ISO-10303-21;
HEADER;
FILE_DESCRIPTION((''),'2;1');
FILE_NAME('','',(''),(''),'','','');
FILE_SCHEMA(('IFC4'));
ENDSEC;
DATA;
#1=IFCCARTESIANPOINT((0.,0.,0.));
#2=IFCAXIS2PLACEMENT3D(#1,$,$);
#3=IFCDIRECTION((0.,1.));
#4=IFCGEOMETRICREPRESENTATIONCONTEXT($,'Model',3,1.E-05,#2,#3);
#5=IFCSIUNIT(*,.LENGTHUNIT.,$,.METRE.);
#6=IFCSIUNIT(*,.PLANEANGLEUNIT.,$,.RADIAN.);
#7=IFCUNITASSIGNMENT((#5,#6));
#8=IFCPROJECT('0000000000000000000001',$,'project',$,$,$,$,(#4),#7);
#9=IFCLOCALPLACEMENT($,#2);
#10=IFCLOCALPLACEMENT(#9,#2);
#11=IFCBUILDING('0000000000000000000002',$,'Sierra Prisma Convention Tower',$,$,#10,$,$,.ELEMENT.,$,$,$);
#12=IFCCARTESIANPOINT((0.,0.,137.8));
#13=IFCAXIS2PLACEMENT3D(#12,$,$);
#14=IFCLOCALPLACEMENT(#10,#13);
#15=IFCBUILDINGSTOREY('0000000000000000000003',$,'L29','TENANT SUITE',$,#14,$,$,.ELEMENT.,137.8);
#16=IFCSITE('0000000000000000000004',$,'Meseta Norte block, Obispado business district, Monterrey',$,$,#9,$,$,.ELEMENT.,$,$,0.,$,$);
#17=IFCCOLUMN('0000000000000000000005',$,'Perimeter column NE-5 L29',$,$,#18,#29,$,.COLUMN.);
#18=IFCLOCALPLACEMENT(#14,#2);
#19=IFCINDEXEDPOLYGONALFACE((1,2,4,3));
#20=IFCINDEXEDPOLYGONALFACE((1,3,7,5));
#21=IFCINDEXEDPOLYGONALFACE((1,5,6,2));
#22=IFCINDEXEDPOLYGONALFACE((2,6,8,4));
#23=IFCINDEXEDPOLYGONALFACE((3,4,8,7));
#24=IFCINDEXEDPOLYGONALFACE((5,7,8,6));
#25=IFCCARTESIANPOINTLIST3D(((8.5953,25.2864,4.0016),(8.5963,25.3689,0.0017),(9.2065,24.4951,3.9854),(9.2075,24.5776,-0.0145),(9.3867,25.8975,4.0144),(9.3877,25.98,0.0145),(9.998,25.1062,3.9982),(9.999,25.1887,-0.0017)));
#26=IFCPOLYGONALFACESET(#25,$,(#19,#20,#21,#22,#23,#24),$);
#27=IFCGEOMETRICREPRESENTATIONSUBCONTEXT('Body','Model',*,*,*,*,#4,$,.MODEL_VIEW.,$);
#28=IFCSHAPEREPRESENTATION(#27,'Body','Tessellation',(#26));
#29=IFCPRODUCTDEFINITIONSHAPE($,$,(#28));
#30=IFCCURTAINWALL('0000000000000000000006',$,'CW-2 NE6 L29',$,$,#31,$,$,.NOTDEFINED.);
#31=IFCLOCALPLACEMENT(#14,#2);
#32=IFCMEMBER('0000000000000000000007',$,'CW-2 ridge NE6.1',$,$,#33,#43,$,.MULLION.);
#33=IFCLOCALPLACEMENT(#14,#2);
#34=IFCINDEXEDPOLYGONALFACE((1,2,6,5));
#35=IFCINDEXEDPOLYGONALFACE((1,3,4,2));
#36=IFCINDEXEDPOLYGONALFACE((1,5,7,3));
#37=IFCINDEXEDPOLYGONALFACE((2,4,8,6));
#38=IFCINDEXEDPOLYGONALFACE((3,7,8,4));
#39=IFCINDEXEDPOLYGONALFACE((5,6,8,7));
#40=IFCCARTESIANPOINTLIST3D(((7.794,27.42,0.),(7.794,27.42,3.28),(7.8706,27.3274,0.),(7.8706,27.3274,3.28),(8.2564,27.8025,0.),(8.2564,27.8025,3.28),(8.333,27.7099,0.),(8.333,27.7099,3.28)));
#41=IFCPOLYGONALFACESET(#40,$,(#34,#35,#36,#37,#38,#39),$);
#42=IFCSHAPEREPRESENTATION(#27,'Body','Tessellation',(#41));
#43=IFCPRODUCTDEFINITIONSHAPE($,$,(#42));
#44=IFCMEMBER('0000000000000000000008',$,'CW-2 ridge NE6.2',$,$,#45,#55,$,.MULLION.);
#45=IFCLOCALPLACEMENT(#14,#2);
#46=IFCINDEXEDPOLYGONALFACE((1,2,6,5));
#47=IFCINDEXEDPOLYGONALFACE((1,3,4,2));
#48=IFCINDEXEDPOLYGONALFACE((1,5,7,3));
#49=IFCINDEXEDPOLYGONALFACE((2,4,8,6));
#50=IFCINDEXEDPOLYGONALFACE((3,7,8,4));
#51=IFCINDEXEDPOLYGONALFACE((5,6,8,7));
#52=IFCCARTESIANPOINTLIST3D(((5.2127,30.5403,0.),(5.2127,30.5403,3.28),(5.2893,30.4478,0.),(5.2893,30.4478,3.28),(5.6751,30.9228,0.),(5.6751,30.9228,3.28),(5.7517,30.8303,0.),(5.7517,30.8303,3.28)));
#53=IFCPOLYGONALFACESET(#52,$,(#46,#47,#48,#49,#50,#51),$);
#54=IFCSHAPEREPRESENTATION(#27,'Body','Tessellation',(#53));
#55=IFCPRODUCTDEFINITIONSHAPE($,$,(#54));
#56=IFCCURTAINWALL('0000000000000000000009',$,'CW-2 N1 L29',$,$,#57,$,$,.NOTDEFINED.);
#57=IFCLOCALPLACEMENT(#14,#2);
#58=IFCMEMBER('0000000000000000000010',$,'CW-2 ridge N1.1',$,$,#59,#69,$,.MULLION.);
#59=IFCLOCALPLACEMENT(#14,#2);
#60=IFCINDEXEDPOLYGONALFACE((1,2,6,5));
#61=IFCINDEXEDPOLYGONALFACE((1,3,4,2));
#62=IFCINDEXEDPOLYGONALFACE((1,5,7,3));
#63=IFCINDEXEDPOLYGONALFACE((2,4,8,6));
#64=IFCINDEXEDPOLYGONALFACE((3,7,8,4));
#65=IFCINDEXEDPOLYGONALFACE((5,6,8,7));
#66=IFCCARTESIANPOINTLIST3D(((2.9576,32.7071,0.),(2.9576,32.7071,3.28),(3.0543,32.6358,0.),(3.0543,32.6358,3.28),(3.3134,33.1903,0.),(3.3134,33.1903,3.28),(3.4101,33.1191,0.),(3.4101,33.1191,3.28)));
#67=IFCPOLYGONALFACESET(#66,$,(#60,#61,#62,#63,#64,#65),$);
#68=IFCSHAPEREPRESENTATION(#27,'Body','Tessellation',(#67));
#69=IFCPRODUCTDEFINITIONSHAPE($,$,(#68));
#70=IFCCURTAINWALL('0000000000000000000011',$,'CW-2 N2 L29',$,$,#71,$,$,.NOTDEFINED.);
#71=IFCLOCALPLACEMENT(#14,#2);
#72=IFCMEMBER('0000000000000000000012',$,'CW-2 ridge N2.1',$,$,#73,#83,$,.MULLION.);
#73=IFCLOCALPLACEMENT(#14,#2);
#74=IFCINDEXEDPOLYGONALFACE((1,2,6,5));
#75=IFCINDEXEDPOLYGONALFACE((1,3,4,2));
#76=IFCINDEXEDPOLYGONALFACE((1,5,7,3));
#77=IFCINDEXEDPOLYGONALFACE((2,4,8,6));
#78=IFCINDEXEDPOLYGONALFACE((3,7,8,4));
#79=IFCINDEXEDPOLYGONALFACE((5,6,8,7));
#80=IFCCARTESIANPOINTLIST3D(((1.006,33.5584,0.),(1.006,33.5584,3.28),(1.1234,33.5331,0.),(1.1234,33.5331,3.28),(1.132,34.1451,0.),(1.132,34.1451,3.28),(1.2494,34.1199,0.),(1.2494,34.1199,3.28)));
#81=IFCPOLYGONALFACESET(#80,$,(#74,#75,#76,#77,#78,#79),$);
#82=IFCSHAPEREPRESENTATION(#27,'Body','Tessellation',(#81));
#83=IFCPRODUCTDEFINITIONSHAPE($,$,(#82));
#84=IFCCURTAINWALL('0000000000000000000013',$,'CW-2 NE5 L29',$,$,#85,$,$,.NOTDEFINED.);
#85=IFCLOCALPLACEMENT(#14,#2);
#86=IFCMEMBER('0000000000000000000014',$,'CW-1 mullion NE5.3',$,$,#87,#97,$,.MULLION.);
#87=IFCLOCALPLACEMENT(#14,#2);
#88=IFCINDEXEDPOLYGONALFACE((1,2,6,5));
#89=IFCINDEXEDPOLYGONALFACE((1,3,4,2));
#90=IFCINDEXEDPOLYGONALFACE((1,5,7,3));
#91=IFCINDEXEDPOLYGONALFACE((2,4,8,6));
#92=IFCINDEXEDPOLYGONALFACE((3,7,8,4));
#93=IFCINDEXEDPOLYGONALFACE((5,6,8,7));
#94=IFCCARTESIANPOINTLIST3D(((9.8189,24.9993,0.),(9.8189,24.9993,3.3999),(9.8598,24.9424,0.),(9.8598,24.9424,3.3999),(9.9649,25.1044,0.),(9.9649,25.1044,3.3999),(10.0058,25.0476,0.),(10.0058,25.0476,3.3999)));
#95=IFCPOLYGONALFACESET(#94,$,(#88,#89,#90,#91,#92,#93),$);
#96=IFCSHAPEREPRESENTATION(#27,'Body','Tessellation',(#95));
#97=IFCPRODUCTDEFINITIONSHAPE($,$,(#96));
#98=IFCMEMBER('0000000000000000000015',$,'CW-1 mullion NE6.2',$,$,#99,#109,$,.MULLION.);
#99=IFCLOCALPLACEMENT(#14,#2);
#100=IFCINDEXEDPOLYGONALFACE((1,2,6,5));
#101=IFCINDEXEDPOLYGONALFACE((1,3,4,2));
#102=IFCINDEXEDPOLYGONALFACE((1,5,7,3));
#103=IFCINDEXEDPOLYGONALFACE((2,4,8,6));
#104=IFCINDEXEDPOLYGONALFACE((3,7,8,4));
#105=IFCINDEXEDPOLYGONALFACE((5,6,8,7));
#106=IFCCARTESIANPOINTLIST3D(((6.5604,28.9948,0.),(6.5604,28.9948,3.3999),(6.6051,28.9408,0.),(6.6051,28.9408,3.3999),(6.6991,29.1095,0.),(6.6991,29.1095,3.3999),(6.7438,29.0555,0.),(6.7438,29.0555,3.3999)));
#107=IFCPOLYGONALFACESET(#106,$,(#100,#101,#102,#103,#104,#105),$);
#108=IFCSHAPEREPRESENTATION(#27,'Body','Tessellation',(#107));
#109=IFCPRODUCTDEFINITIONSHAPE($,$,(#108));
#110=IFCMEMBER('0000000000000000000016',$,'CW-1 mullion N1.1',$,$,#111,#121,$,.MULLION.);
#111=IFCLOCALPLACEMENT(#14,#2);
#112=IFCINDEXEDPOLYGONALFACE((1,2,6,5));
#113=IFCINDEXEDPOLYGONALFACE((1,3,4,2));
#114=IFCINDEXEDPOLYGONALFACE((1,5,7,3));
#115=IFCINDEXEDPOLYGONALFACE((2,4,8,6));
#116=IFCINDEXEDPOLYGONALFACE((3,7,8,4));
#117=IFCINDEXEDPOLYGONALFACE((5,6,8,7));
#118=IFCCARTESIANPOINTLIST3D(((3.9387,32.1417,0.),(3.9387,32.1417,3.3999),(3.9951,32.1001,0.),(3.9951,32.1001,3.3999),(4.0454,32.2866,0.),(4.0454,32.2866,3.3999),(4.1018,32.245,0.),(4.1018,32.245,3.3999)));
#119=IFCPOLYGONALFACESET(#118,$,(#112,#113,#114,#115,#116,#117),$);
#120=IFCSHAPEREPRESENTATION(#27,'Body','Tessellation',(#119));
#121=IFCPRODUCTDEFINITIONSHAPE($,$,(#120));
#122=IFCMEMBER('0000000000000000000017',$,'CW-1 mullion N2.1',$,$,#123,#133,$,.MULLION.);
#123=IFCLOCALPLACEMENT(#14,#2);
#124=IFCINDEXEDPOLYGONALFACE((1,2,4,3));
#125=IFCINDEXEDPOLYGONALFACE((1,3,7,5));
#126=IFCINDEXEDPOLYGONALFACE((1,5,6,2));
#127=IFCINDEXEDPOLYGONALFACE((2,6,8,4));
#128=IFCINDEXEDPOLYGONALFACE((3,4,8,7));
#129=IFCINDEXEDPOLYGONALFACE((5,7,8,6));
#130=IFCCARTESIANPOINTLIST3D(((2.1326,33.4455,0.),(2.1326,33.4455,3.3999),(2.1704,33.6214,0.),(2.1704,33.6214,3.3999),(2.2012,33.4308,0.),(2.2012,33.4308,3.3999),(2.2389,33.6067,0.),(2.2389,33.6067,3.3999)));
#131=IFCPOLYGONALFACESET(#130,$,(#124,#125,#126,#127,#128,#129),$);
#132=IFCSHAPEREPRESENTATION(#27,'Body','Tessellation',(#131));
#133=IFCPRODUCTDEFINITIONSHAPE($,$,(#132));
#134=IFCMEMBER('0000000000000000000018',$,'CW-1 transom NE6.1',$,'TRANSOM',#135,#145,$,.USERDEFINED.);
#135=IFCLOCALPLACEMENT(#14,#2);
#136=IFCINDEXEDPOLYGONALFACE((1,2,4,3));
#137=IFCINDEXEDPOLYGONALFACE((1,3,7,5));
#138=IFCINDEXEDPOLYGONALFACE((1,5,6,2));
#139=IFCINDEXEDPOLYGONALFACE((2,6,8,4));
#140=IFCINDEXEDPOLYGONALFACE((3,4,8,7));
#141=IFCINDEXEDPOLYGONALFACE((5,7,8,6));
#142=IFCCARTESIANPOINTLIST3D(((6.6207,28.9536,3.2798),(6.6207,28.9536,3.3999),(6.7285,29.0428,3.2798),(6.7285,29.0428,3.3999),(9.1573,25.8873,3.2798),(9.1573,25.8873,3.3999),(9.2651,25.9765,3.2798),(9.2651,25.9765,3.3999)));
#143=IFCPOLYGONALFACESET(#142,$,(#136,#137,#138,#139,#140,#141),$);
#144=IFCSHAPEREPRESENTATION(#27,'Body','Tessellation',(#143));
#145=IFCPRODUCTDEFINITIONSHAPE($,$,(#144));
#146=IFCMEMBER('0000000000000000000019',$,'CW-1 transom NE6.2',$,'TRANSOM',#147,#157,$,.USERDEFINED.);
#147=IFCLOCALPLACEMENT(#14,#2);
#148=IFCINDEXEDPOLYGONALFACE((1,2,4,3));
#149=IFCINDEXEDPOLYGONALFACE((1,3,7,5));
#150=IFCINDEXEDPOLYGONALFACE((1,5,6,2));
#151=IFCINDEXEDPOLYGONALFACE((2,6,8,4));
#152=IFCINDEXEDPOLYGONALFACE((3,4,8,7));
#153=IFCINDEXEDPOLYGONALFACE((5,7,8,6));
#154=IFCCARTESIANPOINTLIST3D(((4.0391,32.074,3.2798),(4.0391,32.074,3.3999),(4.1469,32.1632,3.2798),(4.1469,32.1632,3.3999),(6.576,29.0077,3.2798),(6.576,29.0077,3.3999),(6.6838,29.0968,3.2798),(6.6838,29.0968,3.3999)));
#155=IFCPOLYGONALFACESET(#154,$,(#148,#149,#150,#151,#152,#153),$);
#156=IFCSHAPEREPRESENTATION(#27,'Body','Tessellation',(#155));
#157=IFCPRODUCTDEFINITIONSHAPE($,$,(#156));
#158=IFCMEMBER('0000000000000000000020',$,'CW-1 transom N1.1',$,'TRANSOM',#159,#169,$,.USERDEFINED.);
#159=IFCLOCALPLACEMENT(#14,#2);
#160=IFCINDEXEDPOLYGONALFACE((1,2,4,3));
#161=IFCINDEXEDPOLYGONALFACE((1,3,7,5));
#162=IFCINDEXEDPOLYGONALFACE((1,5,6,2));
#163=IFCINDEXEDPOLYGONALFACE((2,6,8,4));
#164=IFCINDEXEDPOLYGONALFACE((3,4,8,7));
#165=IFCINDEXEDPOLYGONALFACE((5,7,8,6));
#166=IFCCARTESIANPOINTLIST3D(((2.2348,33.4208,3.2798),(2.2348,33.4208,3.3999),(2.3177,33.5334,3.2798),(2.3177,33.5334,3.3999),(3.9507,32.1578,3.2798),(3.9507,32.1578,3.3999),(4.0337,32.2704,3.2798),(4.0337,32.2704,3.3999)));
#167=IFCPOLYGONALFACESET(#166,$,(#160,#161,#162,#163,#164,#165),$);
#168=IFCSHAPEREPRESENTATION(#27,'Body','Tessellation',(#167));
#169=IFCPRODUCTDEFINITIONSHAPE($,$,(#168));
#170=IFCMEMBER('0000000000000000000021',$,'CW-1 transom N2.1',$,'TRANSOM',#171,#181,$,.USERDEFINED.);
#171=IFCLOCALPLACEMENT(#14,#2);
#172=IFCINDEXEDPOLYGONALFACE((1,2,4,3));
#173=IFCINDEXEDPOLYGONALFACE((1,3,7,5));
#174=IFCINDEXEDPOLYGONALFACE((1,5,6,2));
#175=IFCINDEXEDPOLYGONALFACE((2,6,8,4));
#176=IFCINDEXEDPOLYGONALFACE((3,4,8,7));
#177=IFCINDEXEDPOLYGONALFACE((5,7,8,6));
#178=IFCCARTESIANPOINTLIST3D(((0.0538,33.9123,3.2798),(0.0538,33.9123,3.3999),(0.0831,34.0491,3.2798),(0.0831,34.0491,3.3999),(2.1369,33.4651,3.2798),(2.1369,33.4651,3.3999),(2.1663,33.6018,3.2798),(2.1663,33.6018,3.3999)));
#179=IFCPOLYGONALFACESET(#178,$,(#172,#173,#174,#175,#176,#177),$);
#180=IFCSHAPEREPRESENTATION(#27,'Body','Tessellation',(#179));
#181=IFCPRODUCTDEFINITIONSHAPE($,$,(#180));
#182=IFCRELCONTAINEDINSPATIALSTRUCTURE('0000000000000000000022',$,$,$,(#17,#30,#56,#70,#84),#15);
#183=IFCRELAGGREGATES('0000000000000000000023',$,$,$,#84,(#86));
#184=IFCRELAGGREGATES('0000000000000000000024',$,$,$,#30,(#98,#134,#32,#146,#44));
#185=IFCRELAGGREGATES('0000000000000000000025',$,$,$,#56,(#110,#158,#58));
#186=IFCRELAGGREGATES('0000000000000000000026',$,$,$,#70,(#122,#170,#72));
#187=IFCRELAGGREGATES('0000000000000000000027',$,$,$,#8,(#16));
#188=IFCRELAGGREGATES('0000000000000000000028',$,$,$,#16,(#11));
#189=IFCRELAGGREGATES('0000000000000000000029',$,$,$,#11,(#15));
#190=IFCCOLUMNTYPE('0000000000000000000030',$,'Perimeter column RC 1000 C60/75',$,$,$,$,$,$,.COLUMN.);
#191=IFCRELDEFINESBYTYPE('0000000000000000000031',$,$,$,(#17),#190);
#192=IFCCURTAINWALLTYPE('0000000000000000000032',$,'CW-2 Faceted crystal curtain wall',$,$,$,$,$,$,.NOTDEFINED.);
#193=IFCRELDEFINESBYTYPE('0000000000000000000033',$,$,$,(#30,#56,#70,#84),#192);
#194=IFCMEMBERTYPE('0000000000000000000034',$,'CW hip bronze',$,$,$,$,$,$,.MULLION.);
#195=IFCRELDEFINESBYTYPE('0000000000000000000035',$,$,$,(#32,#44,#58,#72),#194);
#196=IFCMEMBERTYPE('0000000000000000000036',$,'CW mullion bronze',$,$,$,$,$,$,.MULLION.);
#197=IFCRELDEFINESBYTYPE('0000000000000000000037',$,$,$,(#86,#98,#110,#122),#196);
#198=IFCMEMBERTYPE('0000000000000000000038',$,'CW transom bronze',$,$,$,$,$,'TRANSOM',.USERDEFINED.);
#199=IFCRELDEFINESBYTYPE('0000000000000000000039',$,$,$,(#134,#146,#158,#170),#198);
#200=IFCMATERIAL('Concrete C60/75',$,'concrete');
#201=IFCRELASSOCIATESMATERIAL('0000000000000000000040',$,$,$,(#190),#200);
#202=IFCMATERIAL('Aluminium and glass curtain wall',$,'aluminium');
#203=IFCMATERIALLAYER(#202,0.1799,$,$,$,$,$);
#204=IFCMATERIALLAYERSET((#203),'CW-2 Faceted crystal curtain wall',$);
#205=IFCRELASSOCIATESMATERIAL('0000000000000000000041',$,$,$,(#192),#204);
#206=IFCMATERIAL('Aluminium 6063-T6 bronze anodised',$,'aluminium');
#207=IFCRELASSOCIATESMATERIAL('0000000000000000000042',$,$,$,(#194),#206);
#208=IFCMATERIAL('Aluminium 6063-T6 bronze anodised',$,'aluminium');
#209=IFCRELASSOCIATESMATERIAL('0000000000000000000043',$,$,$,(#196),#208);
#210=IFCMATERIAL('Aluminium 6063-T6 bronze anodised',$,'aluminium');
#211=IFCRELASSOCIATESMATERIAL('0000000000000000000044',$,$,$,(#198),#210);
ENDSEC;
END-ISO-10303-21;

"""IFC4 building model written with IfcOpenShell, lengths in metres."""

from ifc_helpers import new_model, si_unit, direction, frame, origin, origin_2d, place, context, subcontext, project, spatial, rectangle, extrude, material, layer, layer_set, material_profile, profile_set, type_object, element, aggregate, save


model = new_model("IFC4")

# Units and contexts
model_context = context("Model", 3, precision=1e-05, world=origin(), true_north=direction((0.0, 1.0)))
body_context = subcontext(model_context, "Body", "Model", "MODEL_VIEW")
ifc_project = project(units=[si_unit("LENGTHUNIT", "METRE"), si_unit("PLANEANGLEUNIT", "RADIAN")], contexts=[model_context])

# Site, building, storey
site_placement = place(None, origin())
site = spatial("IfcSite", under=ifc_project, at=site_placement, Name="Meseta Norte block, Obispado business district, Monterrey", CompositionType="ELEMENT", RefElevation=0.0)
building_placement = place(site_placement, origin())
building = spatial("IfcBuilding", under=site, at=building_placement, Name="Sierra Prisma Convention Tower", CompositionType="ELEMENT")
storey_placement = place(building_placement, frame((0.0, 0.0, 137.8)))
storey = spatial("IfcBuildingStorey", under=building, at=storey_placement, Name="L29", Description="TENANT SUITE", CompositionType="ELEMENT", Elevation=137.8)

# Column
ifc_material_1 = material(Name="Concrete C60/75", Category="concrete")
ifc_material_profile_1 = material_profile(ifc_material_1, rectangle(XDim=1.0, YDim=1.0, at=origin_2d()), Name="Perimeter column RC 1000 C60/75")
ifc_profile_set_1 = profile_set([ifc_material_profile_1], Name="Concrete C60/75")
column_type = type_object("IfcColumnType", Name="Perimeter column RC 1000 C60/75", PredefinedType="COLUMN", material=ifc_profile_set_1)
column_placement = place(storey_placement, frame((9.2976, 25.2788, 0.0), z_axis=(-0.000244, -0.020625, 0.999787), x_axis=(-0.611248, 0.791274, 0.016175)))
element("IfcColumn", 1, at=column_placement, inside=storey, type_object=column_type, Name="Perimeter column NE-5 L29", PredefinedType="COLUMN", context=body_context, shape_type="SweptSolid", body=[
    extrude(rectangle(XDim=1.0, YDim=1.0, at=origin_2d()), origin(), (0.0, 0.0, 1.0), 4.0007),
])

# Curtain wall, members
ifc_material_2 = material(Name="Aluminium and glass curtain wall", Category="aluminium")
ifc_layer_1 = layer(ifc_material_2, 0.1799)
ifc_layer_set_1 = layer_set([ifc_layer_1], Name="CW-2 Faceted crystal curtain wall")
curtain_wall_type = type_object("IfcCurtainWallType", Name="CW-2 Faceted crystal curtain wall", PredefinedType="NOTDEFINED", material=ifc_layer_set_1)
curtain_wall_1_placement = place(storey_placement, origin())
curtain_wall_1 = element("IfcCurtainWall", 2, at=curtain_wall_1_placement, inside=storey, type_object=curtain_wall_type, Name="CW-2 NE6 L29", PredefinedType="NOTDEFINED")
ifc_material_3 = material(Name="Aluminium 6063-T6 bronze anodised", Category="aluminium")
ifc_material_profile_2 = material_profile(ifc_material_3, rectangle(XDim=0.1201, YDim=0.6001, at=origin_2d()), Name="ALU RIDGE BLADE 120x600")
ifc_profile_set_2 = profile_set([ifc_material_profile_2], Name="Aluminium 6063-T6 bronze anodised")
member_type_1 = type_object("IfcMemberType", Name="CW hip bronze", PredefinedType="MULLION", material=ifc_profile_set_2)
member_1_placement = place(storey_placement, frame((8.0635, 27.5649, 0.0), z_axis=(0.0, 0.0, 1.0), x_axis=(-0.63742, 0.770516, 0.0)))
member_1 = element("IfcMember", 3, at=member_1_placement, type_object=member_type_1, Name="CW-2 ridge NE6.1", PredefinedType="MULLION", context=body_context, shape_type="SweptSolid", body=[
    extrude(rectangle(XDim=0.1201, YDim=0.6001, at=origin_2d()), origin(), (0.0, 0.0, 1.0), 3.28),
])
member_2_placement = place(storey_placement, frame((5.4822, 30.6853, 0.0), z_axis=(0.0, 0.0, 1.0), x_axis=(-0.63742, 0.770516, 0.0)))
member_2 = element("IfcMember", 4, at=member_2_placement, type_object=member_type_1, Name="CW-2 ridge NE6.2", PredefinedType="MULLION", context=body_context, shape_type="SweptSolid", body=[
    extrude(rectangle(XDim=0.1201, YDim=0.6001, at=origin_2d()), origin(), (0.0, 0.0, 1.0), 3.28),
])

# Curtain walls, members
curtain_wall_2_placement = place(storey_placement, origin())
curtain_wall_2 = element("IfcCurtainWall", 5, at=curtain_wall_2_placement, inside=storey, type_object=curtain_wall_type, Name="CW-2 N1 L29", PredefinedType="NOTDEFINED")
member_3_placement = place(storey_placement, frame((3.1838, 32.9131, 0.0), z_axis=(0.0, 0.0, 1.0), x_axis=(-0.805305, 0.59286, 0.0)))
member_3 = element("IfcMember", 6, at=member_3_placement, type_object=member_type_1, Name="CW-2 ridge N1.1", PredefinedType="MULLION", context=body_context, shape_type="SweptSolid", body=[
    extrude(rectangle(XDim=0.1201, YDim=0.6001, at=origin_2d()), origin(), (0.0, 0.0, 1.0), 3.28),
])
curtain_wall_3_placement = place(storey_placement, origin())
curtain_wall_3 = element("IfcCurtainWall", 7, at=curtain_wall_3_placement, inside=storey, type_object=curtain_wall_type, Name="CW-2 N2 L29", PredefinedType="NOTDEFINED")
member_4_placement = place(storey_placement, frame((1.1277, 33.8391, 0.0), z_axis=(0.0, 0.0, 1.0), x_axis=(-0.97771, 0.209961, 0.0)))
member_4 = element("IfcMember", 8, at=member_4_placement, type_object=member_type_1, Name="CW-2 ridge N2.1", PredefinedType="MULLION", context=body_context, shape_type="SweptSolid", body=[
    extrude(rectangle(XDim=0.1201, YDim=0.6001, at=origin_2d()), origin(), (0.0, 0.0, 1.0), 3.28),
])
curtain_wall_4_placement = place(storey_placement, origin())
curtain_wall_4 = element("IfcCurtainWall", 9, at=curtain_wall_4_placement, inside=storey, type_object=curtain_wall_type, Name="CW-2 NE5 L29", PredefinedType="NOTDEFINED")
ifc_material_4 = material(Name="Aluminium 6063-T6 bronze anodised", Category="aluminium")
ifc_material_profile_3 = material_profile(ifc_material_4, rectangle(XDim=0.1799, YDim=0.0701, at=origin_2d()), Name="ALU MULLION 70x180")
ifc_profile_set_3 = profile_set([ifc_material_profile_3], Name="Aluminium 6063-T6 bronze anodised")
member_type_2 = type_object("IfcMemberType", Name="CW mullion bronze", PredefinedType="MULLION", material=ifc_profile_set_3)
member_5_placement = place(storey_placement, frame((9.9124, 25.0234, 0.0), z_axis=(0.0, 0.0, 1.0), x_axis=(-0.811474, -0.584389, 0.0)))
member_5 = element("IfcMember", 10, at=member_5_placement, type_object=member_type_2, Name="CW-1 mullion NE5.3", PredefinedType="MULLION", context=body_context, shape_type="SweptSolid", body=[
    extrude(rectangle(XDim=0.1799, YDim=0.0701, at=origin_2d()), origin(), (0.0, 0.0, 1.0), 3.3999),
])
aggregate(curtain_wall_4, [member_5])

# Members
member_6_placement = place(storey_placement, frame((6.6521, 29.0251, 0.0), z_axis=(0.0, 0.0, 1.0), x_axis=(-0.770516, -0.63742, 0.0)))
member_6 = element("IfcMember", 11, at=member_6_placement, type_object=member_type_2, Name="CW-1 mullion NE6.2", PredefinedType="MULLION", context=body_context, shape_type="SweptSolid", body=[
    extrude(rectangle(XDim=0.1799, YDim=0.0701, at=origin_2d()), origin(), (0.0, 0.0, 1.0), 3.3999),
])
member_7_placement = place(storey_placement, frame((4.0203, 32.1934, 0.0), z_axis=(0.0, 0.0, 1.0), x_axis=(-0.59286, -0.805305, 0.0)))
member_7 = element("IfcMember", 12, at=member_7_placement, type_object=member_type_2, Name="CW-1 mullion N1.1", PredefinedType="MULLION", context=body_context, shape_type="SweptSolid", body=[
    extrude(rectangle(XDim=0.1799, YDim=0.0701, at=origin_2d()), origin(), (0.0, 0.0, 1.0), 3.3999),
])
member_8_placement = place(storey_placement, frame((2.1858, 33.5261, 0.0), z_axis=(0.0, 0.0, 1.0), x_axis=(-0.209961, -0.97771, 0.0)))
member_8 = element("IfcMember", 13, at=member_8_placement, type_object=member_type_2, Name="CW-1 mullion N2.1", PredefinedType="MULLION", context=body_context, shape_type="SweptSolid", body=[
    extrude(rectangle(XDim=0.1799, YDim=0.0701, at=origin_2d()), origin(), (0.0, 0.0, 1.0), 3.3999),
])
ifc_material_5 = material(Name="Aluminium 6063-T6 bronze anodised", Category="aluminium")
ifc_material_profile_4 = material_profile(ifc_material_5, rectangle(XDim=0.1399, YDim=0.1201, at=origin_2d()), Name="ALU TRANSOM 120x140")
ifc_profile_set_4 = profile_set([ifc_material_profile_4], Name="Aluminium 6063-T6 bronze anodised")
member_type_3 = type_object("IfcMemberType", Name="CW transom bronze", ElementType="TRANSOM", PredefinedType="USERDEFINED", material=ifc_profile_set_4)
member_9_placement = place(storey_placement, frame((9.2112, 25.9319, 3.3398), z_axis=(-0.637404, 0.770529, 0.0), x_axis=(-0.770529, -0.637404, 0.0)))
member_9 = element("IfcMember", 14, at=member_9_placement, type_object=member_type_3, Name="CW-1 transom NE6.1", ObjectType="TRANSOM", PredefinedType="USERDEFINED", context=body_context, shape_type="SweptSolid", body=[
    extrude(rectangle(XDim=0.1399, YDim=0.1201, at=origin_2d()), origin(), (0.0, 0.0, 1.0), 3.9795),
])
member_10_placement = place(storey_placement, frame((6.6299, 29.0522, 3.3398), z_axis=(-0.637441, 0.770499, 0.0), x_axis=(-0.770499, -0.637441, 0.0)))
member_10 = element("IfcMember", 15, at=member_10_placement, type_object=member_type_3, Name="CW-1 transom NE6.2", ObjectType="TRANSOM", PredefinedType="USERDEFINED", context=body_context, shape_type="SweptSolid", body=[
    extrude(rectangle(XDim=0.1399, YDim=0.1201, at=origin_2d()), origin(), (0.0, 0.0, 1.0), 3.9797),
])
member_11_placement = place(storey_placement, frame((3.9922, 32.2141, 3.3398), z_axis=(-0.805358, 0.592789, 0.0), x_axis=(-0.592789, -0.805358, 0.0)))
member_11 = element("IfcMember", 16, at=member_11_placement, type_object=member_type_3, Name="CW-1 transom N1.1", ObjectType="TRANSOM", PredefinedType="USERDEFINED", context=body_context, shape_type="SweptSolid", body=[
    extrude(rectangle(XDim=0.1399, YDim=0.1201, at=origin_2d()), origin(), (0.0, 0.0, 1.0), 2.1306),
])
member_12_placement = place(storey_placement, frame((2.1516, 33.5334, 3.3398), z_axis=(-0.97772, 0.209912, 0.0), x_axis=(-0.209912, -0.97772, 0.0)))
member_12 = element("IfcMember", 17, at=member_12_placement, type_object=member_type_3, Name="CW-1 transom N2.1", ObjectType="TRANSOM", PredefinedType="USERDEFINED", context=body_context, shape_type="SweptSolid", body=[
    extrude(rectangle(XDim=0.1399, YDim=0.1201, at=origin_2d()), origin(), (0.0, 0.0, 1.0), 2.1306),
])

aggregate(curtain_wall_1, [member_6, member_9, member_1, member_10, member_2])
aggregate(curtain_wall_2, [member_7, member_11, member_3])
aggregate(curtain_wall_3, [member_8, member_12, member_4])

save(model, "model.ifc")
